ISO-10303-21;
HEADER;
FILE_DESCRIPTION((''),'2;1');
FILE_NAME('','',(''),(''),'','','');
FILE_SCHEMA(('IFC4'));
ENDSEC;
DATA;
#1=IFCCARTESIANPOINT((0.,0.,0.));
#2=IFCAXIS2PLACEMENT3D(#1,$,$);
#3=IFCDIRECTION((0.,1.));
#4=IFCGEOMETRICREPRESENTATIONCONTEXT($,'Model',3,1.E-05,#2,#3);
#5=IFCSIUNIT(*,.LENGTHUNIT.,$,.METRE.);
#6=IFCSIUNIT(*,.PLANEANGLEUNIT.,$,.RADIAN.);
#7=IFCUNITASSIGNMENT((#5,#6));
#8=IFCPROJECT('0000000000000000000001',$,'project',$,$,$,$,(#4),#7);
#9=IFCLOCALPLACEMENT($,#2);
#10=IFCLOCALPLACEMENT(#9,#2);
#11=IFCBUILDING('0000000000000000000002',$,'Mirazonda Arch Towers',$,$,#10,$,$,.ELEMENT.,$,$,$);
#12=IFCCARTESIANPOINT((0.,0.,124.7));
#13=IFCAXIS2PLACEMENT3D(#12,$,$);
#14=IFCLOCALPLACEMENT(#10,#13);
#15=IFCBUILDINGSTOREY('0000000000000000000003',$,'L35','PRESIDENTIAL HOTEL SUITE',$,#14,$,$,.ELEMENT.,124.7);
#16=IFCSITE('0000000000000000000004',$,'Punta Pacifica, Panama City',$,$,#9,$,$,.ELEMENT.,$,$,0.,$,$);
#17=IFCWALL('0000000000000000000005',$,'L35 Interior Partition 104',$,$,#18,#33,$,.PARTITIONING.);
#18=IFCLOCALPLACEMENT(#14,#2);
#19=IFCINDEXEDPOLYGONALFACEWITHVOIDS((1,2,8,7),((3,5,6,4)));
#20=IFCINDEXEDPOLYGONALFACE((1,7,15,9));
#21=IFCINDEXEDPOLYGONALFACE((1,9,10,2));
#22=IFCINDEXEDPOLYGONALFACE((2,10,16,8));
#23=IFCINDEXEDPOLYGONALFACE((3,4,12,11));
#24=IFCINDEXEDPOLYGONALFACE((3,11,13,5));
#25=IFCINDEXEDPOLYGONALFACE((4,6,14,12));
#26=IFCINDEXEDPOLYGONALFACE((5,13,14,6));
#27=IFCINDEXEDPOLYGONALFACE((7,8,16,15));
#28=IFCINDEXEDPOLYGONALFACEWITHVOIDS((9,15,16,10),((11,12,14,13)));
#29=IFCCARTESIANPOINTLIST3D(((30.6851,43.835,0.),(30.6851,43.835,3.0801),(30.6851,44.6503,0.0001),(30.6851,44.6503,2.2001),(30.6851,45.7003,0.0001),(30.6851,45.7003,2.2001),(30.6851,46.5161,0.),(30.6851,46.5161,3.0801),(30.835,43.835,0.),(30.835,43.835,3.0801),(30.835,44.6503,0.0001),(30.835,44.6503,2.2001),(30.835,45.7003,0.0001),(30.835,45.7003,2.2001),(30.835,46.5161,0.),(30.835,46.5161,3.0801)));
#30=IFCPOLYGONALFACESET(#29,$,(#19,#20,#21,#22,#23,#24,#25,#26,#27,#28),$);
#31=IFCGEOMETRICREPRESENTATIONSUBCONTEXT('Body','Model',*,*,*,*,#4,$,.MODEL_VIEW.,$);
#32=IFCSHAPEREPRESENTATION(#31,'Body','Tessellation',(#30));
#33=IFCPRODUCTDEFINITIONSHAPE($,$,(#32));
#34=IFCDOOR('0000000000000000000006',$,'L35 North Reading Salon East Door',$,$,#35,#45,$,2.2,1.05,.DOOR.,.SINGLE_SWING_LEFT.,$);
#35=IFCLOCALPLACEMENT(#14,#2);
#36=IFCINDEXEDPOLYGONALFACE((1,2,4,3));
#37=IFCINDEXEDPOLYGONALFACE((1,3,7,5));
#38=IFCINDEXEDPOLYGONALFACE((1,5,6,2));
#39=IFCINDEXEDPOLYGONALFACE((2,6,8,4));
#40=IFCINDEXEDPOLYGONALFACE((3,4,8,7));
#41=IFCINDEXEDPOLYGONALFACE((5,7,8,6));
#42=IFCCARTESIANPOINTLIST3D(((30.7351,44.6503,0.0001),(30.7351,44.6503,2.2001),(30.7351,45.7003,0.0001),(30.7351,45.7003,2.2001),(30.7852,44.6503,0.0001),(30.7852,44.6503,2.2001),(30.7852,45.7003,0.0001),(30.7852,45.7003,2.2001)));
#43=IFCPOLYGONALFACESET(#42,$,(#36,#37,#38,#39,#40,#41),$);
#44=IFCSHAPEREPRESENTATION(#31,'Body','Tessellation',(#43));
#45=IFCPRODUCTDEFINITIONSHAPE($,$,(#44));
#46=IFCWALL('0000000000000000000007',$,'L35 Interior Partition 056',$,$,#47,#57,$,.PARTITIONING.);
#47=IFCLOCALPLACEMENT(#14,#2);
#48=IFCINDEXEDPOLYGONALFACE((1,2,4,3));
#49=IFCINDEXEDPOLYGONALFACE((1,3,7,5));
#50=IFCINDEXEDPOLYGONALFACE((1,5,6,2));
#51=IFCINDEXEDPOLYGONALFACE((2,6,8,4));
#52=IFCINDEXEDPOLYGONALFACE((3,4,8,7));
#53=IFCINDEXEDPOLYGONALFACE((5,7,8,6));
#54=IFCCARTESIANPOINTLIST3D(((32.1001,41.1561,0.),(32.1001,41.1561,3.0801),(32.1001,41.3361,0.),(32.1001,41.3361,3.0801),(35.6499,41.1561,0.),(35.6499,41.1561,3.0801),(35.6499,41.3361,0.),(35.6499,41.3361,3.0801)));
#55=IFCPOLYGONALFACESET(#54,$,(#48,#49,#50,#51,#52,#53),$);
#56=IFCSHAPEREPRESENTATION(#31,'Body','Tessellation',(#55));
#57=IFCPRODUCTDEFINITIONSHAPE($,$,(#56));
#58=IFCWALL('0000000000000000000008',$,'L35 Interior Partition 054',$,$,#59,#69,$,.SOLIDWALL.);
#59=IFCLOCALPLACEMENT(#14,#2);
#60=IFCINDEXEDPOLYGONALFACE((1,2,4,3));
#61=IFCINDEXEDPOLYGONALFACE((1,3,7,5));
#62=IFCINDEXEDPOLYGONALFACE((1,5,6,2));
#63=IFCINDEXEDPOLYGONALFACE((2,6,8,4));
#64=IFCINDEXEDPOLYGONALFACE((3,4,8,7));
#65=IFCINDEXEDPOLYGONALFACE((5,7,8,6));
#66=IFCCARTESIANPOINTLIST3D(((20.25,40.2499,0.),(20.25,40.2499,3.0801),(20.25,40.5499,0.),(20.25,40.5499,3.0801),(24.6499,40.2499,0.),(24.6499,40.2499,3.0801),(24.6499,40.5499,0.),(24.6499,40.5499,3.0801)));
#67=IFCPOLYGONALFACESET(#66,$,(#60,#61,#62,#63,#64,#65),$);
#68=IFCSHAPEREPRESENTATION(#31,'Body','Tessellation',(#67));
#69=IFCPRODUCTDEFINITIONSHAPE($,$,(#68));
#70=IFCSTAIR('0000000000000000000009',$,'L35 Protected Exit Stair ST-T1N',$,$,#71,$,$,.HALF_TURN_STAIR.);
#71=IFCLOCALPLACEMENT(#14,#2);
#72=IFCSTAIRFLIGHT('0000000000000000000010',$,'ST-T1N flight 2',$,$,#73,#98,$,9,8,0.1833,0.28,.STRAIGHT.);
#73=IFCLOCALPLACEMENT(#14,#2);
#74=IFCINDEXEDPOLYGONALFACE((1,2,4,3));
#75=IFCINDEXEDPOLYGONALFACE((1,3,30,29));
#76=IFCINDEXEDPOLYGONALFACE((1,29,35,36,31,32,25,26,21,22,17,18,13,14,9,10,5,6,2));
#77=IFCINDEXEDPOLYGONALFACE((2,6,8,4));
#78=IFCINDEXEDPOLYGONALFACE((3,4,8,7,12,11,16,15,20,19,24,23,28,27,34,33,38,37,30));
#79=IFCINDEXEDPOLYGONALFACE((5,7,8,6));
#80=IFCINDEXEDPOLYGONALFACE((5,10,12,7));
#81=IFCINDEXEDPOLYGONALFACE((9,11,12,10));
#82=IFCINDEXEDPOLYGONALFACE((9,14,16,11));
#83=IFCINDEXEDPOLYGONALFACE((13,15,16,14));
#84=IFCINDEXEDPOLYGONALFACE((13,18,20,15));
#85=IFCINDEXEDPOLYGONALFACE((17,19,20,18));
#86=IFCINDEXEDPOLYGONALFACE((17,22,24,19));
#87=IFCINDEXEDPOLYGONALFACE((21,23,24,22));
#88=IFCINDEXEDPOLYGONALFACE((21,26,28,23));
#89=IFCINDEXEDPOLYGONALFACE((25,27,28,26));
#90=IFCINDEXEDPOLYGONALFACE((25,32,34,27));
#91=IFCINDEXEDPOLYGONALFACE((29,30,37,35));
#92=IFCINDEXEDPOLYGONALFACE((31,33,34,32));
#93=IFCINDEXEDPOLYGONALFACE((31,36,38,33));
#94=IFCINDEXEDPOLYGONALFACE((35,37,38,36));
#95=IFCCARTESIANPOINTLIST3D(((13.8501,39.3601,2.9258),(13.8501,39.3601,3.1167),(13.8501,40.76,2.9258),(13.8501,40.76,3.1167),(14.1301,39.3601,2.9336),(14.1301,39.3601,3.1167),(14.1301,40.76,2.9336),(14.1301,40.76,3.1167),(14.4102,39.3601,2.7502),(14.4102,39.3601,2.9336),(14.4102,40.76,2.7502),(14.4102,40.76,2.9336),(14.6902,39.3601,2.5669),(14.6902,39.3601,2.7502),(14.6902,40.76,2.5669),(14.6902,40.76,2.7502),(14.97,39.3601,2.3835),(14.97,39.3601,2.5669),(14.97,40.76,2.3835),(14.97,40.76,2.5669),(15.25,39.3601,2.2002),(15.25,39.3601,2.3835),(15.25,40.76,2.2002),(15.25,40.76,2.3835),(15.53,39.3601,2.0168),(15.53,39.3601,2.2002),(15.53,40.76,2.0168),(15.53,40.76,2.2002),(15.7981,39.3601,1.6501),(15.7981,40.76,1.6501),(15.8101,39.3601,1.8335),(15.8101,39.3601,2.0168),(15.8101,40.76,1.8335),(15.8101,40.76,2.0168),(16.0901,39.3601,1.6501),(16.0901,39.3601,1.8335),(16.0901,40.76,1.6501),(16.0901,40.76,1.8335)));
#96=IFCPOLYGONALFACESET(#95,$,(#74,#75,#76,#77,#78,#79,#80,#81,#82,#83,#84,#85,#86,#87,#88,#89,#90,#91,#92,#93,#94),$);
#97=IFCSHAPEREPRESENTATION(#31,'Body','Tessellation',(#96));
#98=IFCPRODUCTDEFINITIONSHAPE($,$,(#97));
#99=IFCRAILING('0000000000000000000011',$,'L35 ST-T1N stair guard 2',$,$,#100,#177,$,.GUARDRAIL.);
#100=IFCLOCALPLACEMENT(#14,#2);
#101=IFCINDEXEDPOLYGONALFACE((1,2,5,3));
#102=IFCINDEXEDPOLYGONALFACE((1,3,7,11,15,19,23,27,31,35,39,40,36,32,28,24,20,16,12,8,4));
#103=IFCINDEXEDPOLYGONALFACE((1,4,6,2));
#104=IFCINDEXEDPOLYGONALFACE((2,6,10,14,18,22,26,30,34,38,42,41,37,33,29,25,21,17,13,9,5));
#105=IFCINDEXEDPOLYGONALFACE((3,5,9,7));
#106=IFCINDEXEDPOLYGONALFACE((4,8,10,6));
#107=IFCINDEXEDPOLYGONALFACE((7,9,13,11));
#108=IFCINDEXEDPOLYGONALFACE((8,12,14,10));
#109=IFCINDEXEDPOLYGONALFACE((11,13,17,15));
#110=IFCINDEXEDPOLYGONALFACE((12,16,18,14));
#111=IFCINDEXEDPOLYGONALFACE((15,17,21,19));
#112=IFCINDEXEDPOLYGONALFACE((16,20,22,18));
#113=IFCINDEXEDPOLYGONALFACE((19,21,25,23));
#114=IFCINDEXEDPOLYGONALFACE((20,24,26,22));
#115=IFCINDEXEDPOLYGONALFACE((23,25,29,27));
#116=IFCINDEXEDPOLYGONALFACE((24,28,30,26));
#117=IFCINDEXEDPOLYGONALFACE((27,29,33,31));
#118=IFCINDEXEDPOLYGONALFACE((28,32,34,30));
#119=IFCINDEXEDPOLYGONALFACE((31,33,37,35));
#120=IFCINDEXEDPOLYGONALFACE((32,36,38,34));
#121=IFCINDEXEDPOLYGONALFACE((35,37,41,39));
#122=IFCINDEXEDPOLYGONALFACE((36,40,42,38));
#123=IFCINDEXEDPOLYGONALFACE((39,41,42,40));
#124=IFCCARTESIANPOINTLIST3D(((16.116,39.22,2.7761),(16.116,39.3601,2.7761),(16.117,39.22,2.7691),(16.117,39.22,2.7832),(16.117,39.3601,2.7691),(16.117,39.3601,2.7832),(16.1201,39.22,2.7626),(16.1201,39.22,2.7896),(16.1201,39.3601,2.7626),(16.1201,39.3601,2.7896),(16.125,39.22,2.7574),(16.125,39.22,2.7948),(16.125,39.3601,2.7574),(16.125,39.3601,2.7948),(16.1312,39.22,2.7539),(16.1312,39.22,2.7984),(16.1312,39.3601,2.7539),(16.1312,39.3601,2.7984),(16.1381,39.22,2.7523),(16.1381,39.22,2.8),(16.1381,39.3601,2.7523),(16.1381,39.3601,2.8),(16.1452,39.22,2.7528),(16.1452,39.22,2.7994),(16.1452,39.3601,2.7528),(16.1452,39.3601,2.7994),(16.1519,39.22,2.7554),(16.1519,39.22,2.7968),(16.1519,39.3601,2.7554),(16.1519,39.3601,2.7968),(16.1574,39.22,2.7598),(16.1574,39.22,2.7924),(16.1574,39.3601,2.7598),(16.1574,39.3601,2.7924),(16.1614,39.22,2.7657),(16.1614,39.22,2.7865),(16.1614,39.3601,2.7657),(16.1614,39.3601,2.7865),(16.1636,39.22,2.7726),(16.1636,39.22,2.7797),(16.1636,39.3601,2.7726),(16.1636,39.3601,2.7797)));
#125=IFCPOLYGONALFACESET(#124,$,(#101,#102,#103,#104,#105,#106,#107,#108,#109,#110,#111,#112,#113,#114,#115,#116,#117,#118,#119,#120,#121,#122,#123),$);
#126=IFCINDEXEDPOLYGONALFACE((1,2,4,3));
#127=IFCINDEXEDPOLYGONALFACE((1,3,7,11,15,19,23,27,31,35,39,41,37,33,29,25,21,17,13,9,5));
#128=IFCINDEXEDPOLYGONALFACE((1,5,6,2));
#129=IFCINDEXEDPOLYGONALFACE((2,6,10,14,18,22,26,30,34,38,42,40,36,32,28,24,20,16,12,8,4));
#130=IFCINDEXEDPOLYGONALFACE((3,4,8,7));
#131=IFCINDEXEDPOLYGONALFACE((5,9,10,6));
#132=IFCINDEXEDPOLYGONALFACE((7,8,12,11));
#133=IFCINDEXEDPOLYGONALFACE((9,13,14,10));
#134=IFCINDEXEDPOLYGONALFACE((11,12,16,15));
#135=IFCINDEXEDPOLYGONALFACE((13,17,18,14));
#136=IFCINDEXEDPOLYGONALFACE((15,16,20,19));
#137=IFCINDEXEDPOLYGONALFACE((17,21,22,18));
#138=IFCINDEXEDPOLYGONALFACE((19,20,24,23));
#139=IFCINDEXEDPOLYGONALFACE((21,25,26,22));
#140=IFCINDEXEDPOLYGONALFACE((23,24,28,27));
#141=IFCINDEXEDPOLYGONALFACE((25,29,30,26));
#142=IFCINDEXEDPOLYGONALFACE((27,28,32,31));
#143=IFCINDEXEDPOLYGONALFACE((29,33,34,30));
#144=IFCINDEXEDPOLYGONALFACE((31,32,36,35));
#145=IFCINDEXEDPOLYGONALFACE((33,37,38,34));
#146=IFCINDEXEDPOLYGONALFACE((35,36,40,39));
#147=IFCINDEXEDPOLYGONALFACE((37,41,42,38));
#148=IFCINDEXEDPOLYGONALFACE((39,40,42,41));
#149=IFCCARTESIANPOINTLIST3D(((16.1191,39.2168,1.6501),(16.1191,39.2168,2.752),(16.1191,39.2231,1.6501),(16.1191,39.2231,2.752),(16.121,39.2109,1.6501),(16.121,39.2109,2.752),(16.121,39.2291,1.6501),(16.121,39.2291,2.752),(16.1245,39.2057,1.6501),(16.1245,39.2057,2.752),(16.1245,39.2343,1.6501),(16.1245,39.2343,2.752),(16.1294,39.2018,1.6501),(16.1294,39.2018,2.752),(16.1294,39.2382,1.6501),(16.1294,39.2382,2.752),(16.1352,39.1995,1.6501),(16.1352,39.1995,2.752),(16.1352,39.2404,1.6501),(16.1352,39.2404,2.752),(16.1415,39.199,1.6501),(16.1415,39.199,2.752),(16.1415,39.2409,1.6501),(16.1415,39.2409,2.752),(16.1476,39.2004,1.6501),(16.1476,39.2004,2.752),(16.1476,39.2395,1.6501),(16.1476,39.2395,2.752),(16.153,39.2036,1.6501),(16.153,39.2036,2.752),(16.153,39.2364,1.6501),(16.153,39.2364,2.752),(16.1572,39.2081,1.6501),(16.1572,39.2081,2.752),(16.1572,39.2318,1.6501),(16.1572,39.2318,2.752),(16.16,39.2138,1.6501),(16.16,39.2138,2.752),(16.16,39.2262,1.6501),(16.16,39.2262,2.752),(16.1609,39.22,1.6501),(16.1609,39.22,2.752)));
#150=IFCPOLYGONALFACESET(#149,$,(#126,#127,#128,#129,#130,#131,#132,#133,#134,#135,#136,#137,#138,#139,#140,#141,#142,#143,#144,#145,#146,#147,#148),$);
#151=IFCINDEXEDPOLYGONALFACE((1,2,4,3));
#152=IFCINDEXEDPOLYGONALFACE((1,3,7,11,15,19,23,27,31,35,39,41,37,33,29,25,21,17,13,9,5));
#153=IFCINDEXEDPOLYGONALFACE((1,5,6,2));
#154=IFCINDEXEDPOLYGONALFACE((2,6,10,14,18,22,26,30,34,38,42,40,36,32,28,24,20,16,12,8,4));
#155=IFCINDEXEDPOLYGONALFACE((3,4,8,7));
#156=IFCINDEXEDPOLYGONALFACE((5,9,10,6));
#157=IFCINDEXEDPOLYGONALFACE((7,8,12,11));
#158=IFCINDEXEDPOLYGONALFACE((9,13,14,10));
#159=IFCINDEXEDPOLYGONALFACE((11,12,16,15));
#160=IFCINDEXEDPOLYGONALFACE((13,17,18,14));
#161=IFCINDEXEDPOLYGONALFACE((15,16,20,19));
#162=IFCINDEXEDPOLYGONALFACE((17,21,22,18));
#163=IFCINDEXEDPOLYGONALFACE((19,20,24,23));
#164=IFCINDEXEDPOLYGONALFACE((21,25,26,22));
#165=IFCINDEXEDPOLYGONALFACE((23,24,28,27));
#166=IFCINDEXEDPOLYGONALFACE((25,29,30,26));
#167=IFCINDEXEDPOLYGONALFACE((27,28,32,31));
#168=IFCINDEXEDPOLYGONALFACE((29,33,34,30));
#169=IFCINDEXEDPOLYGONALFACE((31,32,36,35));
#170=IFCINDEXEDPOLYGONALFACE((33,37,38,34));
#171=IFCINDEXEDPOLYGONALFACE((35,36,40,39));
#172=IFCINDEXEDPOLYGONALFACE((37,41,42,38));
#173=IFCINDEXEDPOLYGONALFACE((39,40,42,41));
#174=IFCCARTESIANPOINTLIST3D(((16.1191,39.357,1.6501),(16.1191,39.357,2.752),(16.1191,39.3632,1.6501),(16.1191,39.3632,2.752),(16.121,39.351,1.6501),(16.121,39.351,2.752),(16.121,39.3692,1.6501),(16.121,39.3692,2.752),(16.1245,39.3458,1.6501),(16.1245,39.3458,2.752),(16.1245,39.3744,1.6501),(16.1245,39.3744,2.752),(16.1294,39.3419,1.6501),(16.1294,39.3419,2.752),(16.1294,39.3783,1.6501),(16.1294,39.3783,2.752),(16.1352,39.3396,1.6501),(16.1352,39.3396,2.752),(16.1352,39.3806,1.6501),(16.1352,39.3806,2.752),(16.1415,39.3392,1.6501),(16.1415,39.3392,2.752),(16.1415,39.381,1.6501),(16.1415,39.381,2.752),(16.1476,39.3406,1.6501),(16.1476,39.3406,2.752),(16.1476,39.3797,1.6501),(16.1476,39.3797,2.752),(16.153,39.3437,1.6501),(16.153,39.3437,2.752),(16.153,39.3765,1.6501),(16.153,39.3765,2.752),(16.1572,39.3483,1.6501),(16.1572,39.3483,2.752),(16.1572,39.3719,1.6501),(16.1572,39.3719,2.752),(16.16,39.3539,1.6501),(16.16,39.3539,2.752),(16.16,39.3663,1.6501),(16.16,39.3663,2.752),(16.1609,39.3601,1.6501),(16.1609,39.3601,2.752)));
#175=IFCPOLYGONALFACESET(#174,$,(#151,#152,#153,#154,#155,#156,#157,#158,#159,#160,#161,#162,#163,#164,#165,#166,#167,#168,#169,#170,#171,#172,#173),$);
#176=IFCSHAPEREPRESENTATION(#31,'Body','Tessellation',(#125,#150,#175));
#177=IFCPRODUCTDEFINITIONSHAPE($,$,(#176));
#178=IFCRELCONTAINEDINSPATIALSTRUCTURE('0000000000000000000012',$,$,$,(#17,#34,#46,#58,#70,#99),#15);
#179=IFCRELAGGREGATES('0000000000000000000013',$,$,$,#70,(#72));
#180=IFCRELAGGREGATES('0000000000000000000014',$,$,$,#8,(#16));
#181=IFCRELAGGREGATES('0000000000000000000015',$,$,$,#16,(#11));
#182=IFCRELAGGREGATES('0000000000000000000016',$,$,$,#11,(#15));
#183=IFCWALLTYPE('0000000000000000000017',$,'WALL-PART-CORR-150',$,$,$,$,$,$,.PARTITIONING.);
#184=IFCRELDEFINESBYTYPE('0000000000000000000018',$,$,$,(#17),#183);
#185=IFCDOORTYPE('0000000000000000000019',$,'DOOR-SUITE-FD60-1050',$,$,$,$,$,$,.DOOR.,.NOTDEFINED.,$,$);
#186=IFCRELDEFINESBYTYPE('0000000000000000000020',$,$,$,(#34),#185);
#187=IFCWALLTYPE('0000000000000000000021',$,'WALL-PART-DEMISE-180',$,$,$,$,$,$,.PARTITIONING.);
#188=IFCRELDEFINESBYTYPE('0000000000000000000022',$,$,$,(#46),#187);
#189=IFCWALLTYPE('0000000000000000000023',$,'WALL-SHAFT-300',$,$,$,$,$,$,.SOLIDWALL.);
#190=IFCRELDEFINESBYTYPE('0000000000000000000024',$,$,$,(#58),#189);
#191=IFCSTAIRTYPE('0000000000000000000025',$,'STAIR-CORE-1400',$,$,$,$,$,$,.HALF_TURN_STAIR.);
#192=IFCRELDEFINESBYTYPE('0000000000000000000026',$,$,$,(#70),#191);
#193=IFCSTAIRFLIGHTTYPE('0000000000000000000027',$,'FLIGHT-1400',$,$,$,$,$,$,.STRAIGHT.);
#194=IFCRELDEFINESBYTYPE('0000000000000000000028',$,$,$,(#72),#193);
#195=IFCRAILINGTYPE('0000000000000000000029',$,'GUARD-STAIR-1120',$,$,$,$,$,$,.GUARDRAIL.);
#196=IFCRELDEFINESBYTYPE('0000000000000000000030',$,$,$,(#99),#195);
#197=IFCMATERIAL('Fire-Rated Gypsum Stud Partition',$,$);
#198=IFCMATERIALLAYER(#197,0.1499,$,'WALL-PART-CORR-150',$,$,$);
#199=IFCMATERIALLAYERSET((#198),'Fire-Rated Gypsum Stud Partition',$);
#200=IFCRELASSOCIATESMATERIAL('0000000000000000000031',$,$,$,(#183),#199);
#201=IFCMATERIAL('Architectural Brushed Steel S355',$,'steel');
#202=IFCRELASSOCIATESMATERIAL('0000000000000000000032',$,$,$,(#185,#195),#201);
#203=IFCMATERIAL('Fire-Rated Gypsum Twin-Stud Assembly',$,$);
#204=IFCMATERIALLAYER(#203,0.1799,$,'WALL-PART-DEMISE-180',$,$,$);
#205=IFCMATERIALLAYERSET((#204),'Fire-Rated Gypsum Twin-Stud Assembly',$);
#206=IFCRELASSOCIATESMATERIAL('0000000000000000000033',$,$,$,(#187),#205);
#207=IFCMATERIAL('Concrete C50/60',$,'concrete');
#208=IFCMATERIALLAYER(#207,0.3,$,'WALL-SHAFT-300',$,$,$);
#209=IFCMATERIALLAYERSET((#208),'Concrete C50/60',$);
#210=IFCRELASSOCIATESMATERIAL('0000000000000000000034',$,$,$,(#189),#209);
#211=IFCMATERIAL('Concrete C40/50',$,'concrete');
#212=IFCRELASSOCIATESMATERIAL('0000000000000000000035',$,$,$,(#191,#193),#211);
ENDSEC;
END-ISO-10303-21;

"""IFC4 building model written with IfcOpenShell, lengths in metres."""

from ifc_helpers import new_model, si_unit, direction, frame, frame_2d, origin, origin_2d, place, context, subcontext, project, spatial, polyline, rectangle, circle, outline, extrude, material, layer, layer_set, type_object, element, fill, aggregate, save


model = new_model("IFC4")

# Units and contexts
model_context = context("Model", 3, precision=1e-05, world=origin(), true_north=direction((0.0, 1.0)))
body_context = subcontext(model_context, "Body", "Model", "MODEL_VIEW")
ifc_project = project(units=[si_unit("LENGTHUNIT", "METRE"), si_unit("PLANEANGLEUNIT", "RADIAN")], contexts=[model_context])

# Site, building, storey
site_placement = place(None, origin())
site = spatial("IfcSite", under=ifc_project, at=site_placement, Name="Punta Pacifica, Panama City", CompositionType="ELEMENT", RefElevation=0.0)
building_placement = place(site_placement, origin())
building = spatial("IfcBuilding", under=site, at=building_placement, Name="Mirazonda Arch Towers", CompositionType="ELEMENT")
storey_placement = place(building_placement, frame((0.0, 0.0, 124.7)))
storey = spatial("IfcBuildingStorey", under=building, at=storey_placement, Name="L35", Description="PRESIDENTIAL HOTEL SUITE", CompositionType="ELEMENT", Elevation=124.7)

# Shared definitions
ifc_material_1 = material(Name="Concrete C50/60", Category="concrete")

# Shared definitions
ifc_material_2 = material(Name="Concrete C40/50", Category="concrete")
ifc_material_3 = material(Name="Fire-Rated Gypsum Stud Partition")
ifc_layer_1 = layer(ifc_material_3, 0.1499, Name="WALL-PART-CORR-150")
ifc_layer_set_1 = layer_set([ifc_layer_1], Name="Fire-Rated Gypsum Stud Partition")
wall_type_1 = type_object("IfcWallType", Name="WALL-PART-CORR-150", PredefinedType="PARTITIONING", material=ifc_layer_set_1)

# Wall, opening, door
wall_1_placement = place(storey_placement, frame((30.76, 43.835, 0.0), z_axis=(0.0, 0.0, 1.0), x_axis=(0.0, 1.0, 0.0)))
wall_1 = element("IfcWall", 1, at=wall_1_placement, inside=storey, type_object=wall_type_1, Name="L35 Interior Partition 104", PredefinedType="PARTITIONING", context=body_context, shape_type="SweptSolid", body=[
    extrude(rectangle(XDim=2.6812, YDim=0.1499, at=frame_2d((1.3406, 0.0))), origin(), (0.0, 0.0, 1.0), 3.0801),
])
opening_1_placement = place(wall_1_placement, frame((0.8154, 0.0, 0.0)))
opening_1 = element("IfcOpeningElement", 2, at=opening_1_placement, cuts=wall_1, PredefinedType="OPENING", context=body_context, shape_type="SweptSolid", body=[
    extrude(rectangle(XDim=1.05, YDim=2.2, at=frame_2d((0.5249, 1.1001))), frame((0.0, 0.085, 0.0), z_axis=(0.0, -1.0, 0.0), x_axis=(1.0, 0.0, 0.0)), (0.0, 0.0, 1.0), 0.1699),
])
ifc_material_4 = material(Name="Architectural Brushed Steel S355", Category="steel")
door_type_1 = type_object("IfcDoorType", Name="DOOR-SUITE-FD60-1050", OperationType="NOTDEFINED", PredefinedType="DOOR", material=ifc_material_4)
door_1_placement = place(opening_1_placement, origin())
door_1 = element("IfcDoor", 3, at=door_1_placement, inside=storey, type_object=door_type_1, Name="L35 North Reading Salon East Door", OperationType="SINGLE_SWING_LEFT", OverallHeight=2.2, OverallWidth=1.05, PredefinedType="DOOR", context=body_context, shape_type="SweptSolid", body=[
    extrude(rectangle(XDim=1.05, YDim=2.2, at=frame_2d((0.5249, 1.1001))), frame((0.0, 0.0249, 0.0), z_axis=(0.0, -1.0, 0.0), x_axis=(1.0, 0.0, 0.0)), (0.0, 0.0, 1.0), 0.05),
])
fill(opening_1, door_1)

# Wall
ifc_material_5 = material(Name="Fire-Rated Gypsum Twin-Stud Assembly")
ifc_layer_2 = layer(ifc_material_5, 0.1799, Name="WALL-PART-DEMISE-180")
ifc_layer_set_2 = layer_set([ifc_layer_2], Name="Fire-Rated Gypsum Twin-Stud Assembly")
wall_type_2 = type_object("IfcWallType", Name="WALL-PART-DEMISE-180", PredefinedType="PARTITIONING", material=ifc_layer_set_2)
wall_2_placement = place(storey_placement, frame((32.1001, 41.2461, 0.0), z_axis=(0.0, 0.0, 1.0), x_axis=(1.0, 0.0, 0.0)))
element("IfcWall", 4, at=wall_2_placement, inside=storey, type_object=wall_type_2, Name="L35 Interior Partition 056", PredefinedType="PARTITIONING", context=body_context, shape_type="SweptSolid", body=[
    extrude(rectangle(XDim=3.5498, YDim=0.1799, at=frame_2d((1.7749, 0.0))), origin(), (0.0, 0.0, 1.0), 3.0801),
])

# Wall
ifc_layer_3 = layer(ifc_material_1, 0.3, Name="WALL-SHAFT-300")
ifc_layer_set_3 = layer_set([ifc_layer_3], Name="Concrete C50/60")
wall_type_3 = type_object("IfcWallType", Name="WALL-SHAFT-300", PredefinedType="SOLIDWALL", material=ifc_layer_set_3)
wall_3_placement = place(storey_placement, frame((20.25, 40.3999, 0.0), z_axis=(0.0, 0.0, 1.0), x_axis=(1.0, 0.0, 0.0)))
element("IfcWall", 5, at=wall_3_placement, inside=storey, type_object=wall_type_3, Name="L35 Interior Partition 054", PredefinedType="SOLIDWALL", context=body_context, shape_type="SweptSolid", body=[
    extrude(rectangle(XDim=4.3999, YDim=0.3, at=frame_2d((2.2, 0.0))), origin(), (0.0, 0.0, 1.0), 3.0801),
])

# Stair, stair flight
stair_type = type_object("IfcStairType", Name="STAIR-CORE-1400", PredefinedType="HALF_TURN_STAIR", material=ifc_material_2)
stair_placement = place(storey_placement, origin())
stair = element("IfcStair", 6, at=stair_placement, inside=storey, type_object=stair_type, Name="L35 Protected Exit Stair ST-T1N", PredefinedType="HALF_TURN_STAIR")
stair_flight_type = type_object("IfcStairFlightType", Name="FLIGHT-1400", PredefinedType="STRAIGHT", material=ifc_material_2)
stair_flight_placement = place(storey_placement, frame((16.0901, 40.0601, 1.6501), z_axis=(0.0, 0.0, 1.0), x_axis=(-1.0, 0.0, 0.0)))
stair_flight = element("IfcStairFlight", 7, at=stair_flight_placement, type_object=stair_flight_type, Name="ST-T1N flight 2", NumberOfRisers=9, NumberOfTreads=8, PredefinedType="STRAIGHT", RiserHeight=0.1833, TreadLength=0.28, context=body_context, shape_type="SweptSolid", body=[
    extrude(outline(polyline([(0.0, 0.0), (0.0, 0.1833), (0.28, 0.1833), (0.28, 0.3667), (0.5601, 0.3667), (0.5601, 0.55), (0.8401, 0.55), (0.8401, 0.7334), (1.1201, 0.7334), (1.1201, 0.9167), (1.3999, 0.9167), (1.3999, 1.1001), (1.6799, 1.1001), (1.6799, 1.2834), (1.96, 1.2834), (1.96, 1.4666), (2.24, 1.4666), (2.24, 1.6499), (2.24, 1.2756), (0.292, 0.0), (0.0, 0.0)])), frame((0.0, 0.7, 0.0), z_axis=(0.0, -1.0, 0.0), x_axis=(1.0, 0.0, 0.0)), (0.0, 0.0, 1.0), 1.3999),
])
aggregate(stair, [stair_flight])

# Railing
railing_type_1 = type_object("IfcRailingType", Name="GUARD-STAIR-1120", PredefinedType="GUARDRAIL", material=ifc_material_4)
railing_1_placement = place(storey_placement, frame((16.1399, 39.22, 1.6501)))
element("IfcRailing", 8, at=railing_1_placement, inside=storey, type_object=railing_type_1, Name="L35 ST-T1N stair guard 2", PredefinedType="GUARDRAIL", context=body_context, shape_type="SweptSolid", body=[
    extrude(circle(Radius=0.0239, at=origin_2d()), frame((0.0, 0.0, 1.126), z_axis=(0.0, 1.0, 0.0), x_axis=(-1.0, 0.0, 0.0)), (0.0, 0.0, 1.0), 0.1401),
    extrude(circle(Radius=0.021, at=origin_2d()), origin(), (0.0, 0.0, 1.0), 1.1018),
    extrude(circle(Radius=0.021, at=origin_2d()), frame((0.0, 0.1401, 0.0)), (0.0, 0.0, 1.0), 1.1018),
])

save(model, "model.ifc")
